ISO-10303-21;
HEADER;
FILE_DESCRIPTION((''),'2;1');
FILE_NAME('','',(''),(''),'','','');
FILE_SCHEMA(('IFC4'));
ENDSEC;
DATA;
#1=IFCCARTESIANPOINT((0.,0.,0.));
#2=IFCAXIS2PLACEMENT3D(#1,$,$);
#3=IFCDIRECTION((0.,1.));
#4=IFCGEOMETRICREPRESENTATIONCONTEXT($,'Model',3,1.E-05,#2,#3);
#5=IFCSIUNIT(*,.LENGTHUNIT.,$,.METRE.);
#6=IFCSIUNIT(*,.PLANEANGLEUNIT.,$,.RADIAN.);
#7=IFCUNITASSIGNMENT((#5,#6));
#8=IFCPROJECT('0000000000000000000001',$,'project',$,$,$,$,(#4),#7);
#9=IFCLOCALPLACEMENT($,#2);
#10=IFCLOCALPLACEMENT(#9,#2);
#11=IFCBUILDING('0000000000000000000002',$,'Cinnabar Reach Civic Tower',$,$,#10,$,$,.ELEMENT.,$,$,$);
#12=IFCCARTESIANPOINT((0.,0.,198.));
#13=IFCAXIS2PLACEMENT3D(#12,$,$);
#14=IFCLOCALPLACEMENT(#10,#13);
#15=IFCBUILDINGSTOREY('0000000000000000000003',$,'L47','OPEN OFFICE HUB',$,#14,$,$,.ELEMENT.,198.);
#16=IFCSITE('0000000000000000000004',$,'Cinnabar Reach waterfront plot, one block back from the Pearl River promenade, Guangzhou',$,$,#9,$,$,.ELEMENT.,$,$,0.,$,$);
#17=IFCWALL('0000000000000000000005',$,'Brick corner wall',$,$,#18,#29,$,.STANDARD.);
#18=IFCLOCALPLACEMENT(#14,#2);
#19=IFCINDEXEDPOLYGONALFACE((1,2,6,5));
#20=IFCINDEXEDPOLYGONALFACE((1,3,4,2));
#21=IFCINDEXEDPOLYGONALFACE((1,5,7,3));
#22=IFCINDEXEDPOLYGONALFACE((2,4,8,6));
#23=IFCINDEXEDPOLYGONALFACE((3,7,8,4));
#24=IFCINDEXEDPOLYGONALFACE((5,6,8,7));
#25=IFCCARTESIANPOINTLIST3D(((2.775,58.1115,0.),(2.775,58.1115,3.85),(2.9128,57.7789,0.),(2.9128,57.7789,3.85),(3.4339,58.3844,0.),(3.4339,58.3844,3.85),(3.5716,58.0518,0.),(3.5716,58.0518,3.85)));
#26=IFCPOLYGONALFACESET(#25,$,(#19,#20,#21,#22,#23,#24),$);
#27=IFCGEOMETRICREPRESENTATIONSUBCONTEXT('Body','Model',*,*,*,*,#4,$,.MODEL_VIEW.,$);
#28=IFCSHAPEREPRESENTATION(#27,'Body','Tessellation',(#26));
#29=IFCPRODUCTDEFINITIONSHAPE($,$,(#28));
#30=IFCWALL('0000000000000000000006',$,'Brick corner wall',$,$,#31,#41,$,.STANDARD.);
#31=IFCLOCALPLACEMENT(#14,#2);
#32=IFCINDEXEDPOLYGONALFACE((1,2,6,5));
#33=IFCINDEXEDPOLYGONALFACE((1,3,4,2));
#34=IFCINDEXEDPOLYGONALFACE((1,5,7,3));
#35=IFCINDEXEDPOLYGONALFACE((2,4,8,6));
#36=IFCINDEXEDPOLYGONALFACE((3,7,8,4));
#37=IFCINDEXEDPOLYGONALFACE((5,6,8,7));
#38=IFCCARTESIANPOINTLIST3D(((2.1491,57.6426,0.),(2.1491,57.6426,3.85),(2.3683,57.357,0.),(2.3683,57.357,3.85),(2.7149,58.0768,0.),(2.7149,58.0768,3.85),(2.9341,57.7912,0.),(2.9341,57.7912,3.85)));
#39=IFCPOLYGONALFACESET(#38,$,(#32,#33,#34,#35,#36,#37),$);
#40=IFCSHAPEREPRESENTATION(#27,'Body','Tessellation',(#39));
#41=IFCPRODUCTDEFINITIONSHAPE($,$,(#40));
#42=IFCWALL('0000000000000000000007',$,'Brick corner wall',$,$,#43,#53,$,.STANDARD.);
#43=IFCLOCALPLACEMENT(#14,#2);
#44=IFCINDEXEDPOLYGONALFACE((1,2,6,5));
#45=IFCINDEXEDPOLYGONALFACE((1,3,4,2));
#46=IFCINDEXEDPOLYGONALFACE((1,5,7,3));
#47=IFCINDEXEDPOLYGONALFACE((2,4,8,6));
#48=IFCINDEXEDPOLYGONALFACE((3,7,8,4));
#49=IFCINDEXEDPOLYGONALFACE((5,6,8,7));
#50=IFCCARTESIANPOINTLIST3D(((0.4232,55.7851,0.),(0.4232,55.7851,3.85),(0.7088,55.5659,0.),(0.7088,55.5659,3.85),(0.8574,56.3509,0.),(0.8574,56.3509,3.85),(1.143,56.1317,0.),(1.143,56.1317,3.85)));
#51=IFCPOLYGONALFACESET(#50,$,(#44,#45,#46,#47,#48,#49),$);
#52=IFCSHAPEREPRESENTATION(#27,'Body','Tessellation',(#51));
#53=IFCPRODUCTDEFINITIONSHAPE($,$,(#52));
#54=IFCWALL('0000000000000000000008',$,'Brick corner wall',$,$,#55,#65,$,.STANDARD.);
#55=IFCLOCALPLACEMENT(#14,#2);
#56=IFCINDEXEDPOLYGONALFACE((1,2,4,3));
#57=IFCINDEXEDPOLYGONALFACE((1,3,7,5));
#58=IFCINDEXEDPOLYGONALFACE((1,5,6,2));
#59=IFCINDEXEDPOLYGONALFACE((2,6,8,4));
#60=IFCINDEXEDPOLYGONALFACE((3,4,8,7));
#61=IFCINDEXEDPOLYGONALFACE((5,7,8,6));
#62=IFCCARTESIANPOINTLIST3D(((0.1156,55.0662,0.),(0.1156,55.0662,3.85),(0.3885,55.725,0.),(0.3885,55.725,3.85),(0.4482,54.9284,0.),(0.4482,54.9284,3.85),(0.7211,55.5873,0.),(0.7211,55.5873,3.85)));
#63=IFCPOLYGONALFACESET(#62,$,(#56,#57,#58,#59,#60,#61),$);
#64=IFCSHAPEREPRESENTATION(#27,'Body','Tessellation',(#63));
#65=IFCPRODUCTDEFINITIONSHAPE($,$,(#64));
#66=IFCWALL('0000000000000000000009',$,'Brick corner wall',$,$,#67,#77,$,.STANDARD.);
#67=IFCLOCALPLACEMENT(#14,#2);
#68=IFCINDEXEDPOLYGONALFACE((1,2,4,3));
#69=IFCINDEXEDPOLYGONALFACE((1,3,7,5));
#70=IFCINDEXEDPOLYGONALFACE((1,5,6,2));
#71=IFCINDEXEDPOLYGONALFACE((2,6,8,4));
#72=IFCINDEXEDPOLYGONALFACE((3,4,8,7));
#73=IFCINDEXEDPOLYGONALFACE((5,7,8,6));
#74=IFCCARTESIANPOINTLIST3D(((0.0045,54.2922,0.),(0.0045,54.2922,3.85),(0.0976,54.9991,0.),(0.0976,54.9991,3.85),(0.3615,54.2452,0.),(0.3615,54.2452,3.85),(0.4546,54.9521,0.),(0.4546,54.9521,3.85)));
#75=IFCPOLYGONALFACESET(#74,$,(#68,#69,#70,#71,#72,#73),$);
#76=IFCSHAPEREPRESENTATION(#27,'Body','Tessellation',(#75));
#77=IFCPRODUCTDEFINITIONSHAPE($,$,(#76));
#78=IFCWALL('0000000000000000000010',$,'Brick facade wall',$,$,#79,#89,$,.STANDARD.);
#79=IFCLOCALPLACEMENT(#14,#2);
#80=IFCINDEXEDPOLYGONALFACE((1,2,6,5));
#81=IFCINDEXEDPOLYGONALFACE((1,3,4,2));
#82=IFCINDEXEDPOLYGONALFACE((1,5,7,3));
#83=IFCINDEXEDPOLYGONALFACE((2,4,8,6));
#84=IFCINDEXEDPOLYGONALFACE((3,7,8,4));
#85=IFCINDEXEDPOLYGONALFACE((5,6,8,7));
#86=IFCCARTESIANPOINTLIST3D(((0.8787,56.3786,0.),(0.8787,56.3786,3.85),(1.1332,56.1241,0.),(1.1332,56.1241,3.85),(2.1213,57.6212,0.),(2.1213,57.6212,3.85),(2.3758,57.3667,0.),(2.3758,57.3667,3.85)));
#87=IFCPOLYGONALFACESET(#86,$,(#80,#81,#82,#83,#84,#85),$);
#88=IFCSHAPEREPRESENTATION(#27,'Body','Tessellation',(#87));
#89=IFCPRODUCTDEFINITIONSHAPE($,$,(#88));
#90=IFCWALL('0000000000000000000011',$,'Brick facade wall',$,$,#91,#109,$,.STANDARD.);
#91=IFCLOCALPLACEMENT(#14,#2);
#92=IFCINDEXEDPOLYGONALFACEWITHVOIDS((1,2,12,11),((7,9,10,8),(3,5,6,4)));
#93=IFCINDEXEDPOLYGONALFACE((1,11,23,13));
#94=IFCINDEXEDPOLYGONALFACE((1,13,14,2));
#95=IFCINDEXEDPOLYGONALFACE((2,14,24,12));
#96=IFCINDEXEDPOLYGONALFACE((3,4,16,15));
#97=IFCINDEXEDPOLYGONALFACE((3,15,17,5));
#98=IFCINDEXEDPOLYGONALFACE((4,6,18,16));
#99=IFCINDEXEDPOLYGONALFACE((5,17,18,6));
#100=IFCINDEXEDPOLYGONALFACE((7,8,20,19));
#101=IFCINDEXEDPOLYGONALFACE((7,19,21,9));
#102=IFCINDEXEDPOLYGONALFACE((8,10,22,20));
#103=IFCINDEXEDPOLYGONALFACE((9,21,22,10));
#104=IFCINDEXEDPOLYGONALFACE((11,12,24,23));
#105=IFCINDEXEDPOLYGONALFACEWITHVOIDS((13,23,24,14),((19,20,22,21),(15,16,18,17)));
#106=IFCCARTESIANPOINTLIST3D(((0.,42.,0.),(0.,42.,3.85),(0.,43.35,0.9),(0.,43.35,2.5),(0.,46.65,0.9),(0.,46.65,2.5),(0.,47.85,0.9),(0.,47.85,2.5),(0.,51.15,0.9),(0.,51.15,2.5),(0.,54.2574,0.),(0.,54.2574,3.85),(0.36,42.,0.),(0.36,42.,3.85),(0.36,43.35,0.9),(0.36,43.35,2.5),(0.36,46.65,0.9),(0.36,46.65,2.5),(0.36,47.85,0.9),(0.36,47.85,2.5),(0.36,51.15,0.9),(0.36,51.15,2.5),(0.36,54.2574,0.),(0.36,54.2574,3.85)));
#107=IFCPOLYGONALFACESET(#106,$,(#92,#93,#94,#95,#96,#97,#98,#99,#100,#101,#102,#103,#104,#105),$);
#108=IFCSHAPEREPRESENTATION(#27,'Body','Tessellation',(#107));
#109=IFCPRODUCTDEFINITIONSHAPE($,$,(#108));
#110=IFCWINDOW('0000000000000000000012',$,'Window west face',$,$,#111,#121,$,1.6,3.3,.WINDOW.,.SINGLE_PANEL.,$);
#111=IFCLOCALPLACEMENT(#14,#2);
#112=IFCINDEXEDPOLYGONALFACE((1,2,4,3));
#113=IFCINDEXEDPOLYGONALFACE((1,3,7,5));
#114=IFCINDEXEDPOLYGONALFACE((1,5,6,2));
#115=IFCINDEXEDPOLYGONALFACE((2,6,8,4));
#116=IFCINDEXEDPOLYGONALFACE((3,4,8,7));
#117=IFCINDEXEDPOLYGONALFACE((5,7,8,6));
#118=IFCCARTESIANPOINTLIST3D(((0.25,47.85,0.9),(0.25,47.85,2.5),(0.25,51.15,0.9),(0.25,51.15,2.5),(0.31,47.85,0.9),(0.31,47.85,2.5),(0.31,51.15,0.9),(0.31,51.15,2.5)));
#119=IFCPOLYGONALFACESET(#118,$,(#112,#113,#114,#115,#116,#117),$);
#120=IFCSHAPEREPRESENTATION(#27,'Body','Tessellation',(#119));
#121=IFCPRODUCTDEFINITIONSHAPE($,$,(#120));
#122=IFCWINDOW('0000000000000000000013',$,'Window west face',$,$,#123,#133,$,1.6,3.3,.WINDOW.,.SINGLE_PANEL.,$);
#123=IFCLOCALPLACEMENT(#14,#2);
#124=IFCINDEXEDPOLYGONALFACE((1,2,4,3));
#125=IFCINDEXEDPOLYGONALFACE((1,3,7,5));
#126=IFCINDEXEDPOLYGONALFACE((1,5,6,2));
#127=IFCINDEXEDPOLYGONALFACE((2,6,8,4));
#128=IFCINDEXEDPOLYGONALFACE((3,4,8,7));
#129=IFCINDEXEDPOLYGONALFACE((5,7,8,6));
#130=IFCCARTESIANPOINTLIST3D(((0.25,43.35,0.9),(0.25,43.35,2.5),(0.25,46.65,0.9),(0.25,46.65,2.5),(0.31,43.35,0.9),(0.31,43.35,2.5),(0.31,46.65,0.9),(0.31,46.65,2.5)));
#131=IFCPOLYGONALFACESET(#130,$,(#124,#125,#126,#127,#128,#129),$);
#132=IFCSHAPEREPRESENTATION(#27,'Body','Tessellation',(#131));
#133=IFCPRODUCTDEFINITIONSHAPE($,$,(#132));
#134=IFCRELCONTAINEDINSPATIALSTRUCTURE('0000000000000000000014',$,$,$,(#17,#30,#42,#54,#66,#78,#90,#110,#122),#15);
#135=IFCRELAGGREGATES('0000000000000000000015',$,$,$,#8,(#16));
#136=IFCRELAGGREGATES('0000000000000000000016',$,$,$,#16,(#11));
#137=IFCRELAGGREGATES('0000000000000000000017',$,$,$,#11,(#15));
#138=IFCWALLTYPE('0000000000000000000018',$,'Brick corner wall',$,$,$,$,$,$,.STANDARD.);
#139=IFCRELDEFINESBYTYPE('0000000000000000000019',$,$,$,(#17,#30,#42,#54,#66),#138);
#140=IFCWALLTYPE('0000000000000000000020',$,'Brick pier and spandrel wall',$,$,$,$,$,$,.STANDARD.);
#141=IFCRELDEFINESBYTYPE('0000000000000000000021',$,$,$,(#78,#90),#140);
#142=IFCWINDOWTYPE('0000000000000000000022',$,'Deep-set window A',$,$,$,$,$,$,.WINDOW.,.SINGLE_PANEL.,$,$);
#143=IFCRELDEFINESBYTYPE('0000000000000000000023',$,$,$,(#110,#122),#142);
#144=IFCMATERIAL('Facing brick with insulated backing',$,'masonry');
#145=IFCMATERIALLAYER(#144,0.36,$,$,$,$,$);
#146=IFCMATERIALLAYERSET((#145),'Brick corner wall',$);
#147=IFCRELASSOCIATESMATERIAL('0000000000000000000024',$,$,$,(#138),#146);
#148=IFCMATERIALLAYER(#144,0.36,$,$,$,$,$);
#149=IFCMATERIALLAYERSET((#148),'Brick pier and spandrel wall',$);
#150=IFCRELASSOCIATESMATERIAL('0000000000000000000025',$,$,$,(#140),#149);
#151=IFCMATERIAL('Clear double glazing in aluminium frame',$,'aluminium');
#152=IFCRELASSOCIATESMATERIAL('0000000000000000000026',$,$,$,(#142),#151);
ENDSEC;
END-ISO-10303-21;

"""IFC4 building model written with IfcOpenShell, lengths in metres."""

from ifc_helpers import new_model, si_unit, direction, frame, frame_2d, origin, place, context, subcontext, project, spatial, rectangle, extrude, material, layer, layer_set, type_object, element, fill, save


model = new_model("IFC4")

# Units and contexts
model_context = context("Model", 3, precision=1e-05, world=origin(), true_north=direction((0.0, 1.0)))
body_context = subcontext(model_context, "Body", "Model", "MODEL_VIEW")
ifc_project = project(units=[si_unit("LENGTHUNIT", "METRE"), si_unit("PLANEANGLEUNIT", "RADIAN")], contexts=[model_context])

# Site, building, storey
site_placement = place(None, origin())
site = spatial("IfcSite", under=ifc_project, at=site_placement, Name="Cinnabar Reach waterfront plot, one block back from the Pearl River promenade, Guangzhou", CompositionType="ELEMENT", RefElevation=0.0)
building_placement = place(site_placement, origin())
building = spatial("IfcBuilding", under=site, at=building_placement, Name="Cinnabar Reach Civic Tower", CompositionType="ELEMENT")
storey_placement = place(building_placement, frame((0.0, 0.0, 198.0)))
storey = spatial("IfcBuildingStorey", under=building, at=storey_placement, Name="L47", Description="OPEN OFFICE HUB", CompositionType="ELEMENT", Elevation=198.0)

# Walls
ifc_material_1 = material(Name="Facing brick with insulated backing", Category="masonry")
ifc_layer_1 = layer(ifc_material_1, 0.36)
ifc_layer_set_1 = layer_set([ifc_layer_1], Name="Brick corner wall")
wall_type_1 = type_object("IfcWallType", Name="Brick corner wall", PredefinedType="STANDARD", material=ifc_layer_set_1)
wall_1_placement = place(storey_placement, frame((3.5027, 58.2181, 0.0), z_axis=(0.0, 0.0, 1.0), x_axis=(-0.923872, -0.382703, 0.0)))
element("IfcWall", 1, at=wall_1_placement, inside=storey, type_object=wall_type_1, Name="Brick corner wall", PredefinedType="STANDARD", context=body_context, shape_type="SweptSolid", body=[
    extrude(rectangle(XDim=0.7131, YDim=0.36, at=frame_2d((0.3565, 0.0))), origin(), (0.0, 0.0, 1.0), 3.85),
])
for number, where, z_axis, x_axis, name in (
    (2, (2.8245, 57.934, 0.0), (0.0, 0.0, 1.0), (-0.793322, -0.608802, 0.0), "Brick corner wall"),
    (3, (1.0002, 56.2413, 0.0), (0.0, 0.0, 1.0), (-0.608802, -0.793322, 0.0), "Brick corner wall"),
):
    element("IfcWall", number, at=place(storey_placement, frame(where, z_axis=z_axis, x_axis=x_axis)), inside=storey, type_object=wall_type_1, Name=name, PredefinedType="STANDARD", context=body_context, shape_type="SweptSolid", body=[
        extrude(rectangle(XDim=0.7132, YDim=0.36, at=frame_2d((0.3566, 0.0))), origin(), (0.0, 0.0, 1.0), 3.85),
    ])
for number, where, z_axis, x_axis, name in (
    (4, (0.5548, 55.6561, 0.0), (0.0, 0.0, 1.0), (-0.382703, -0.923872, 0.0), "Brick corner wall"),
    (5, (0.2761, 54.9756, 0.0), (0.0, 0.0, 1.0), (-0.130556, -0.991441, 0.0), "Brick corner wall"),
):
    element("IfcWall", number, at=place(storey_placement, frame(where, z_axis=z_axis, x_axis=x_axis)), inside=storey, type_object=wall_type_1, Name=name, PredefinedType="STANDARD", context=body_context, shape_type="SweptSolid", body=[
        extrude(rectangle(XDim=0.7131, YDim=0.36, at=frame_2d((0.3565, 0.0))), origin(), (0.0, 0.0, 1.0), 3.85),
    ])
ifc_layer_2 = layer(ifc_material_1, 0.36)
ifc_layer_set_2 = layer_set([ifc_layer_2], Name="Brick pier and spandrel wall")
wall_type_2 = type_object("IfcWallType", Name="Brick pier and spandrel wall", PredefinedType="STANDARD", material=ifc_layer_set_2)
wall_2_placement = place(storey_placement, frame((2.2486, 57.494, 0.0), z_axis=(0.0, 0.0, 1.0), x_axis=(-0.707107, -0.707107, 0.0)))
element("IfcWall", 6, at=wall_2_placement, inside=storey, type_object=wall_type_2, Name="Brick facade wall", PredefinedType="STANDARD", context=body_context, shape_type="SweptSolid", body=[
    extrude(rectangle(XDim=1.7573, YDim=0.36, at=frame_2d((0.8787, 0.0))), origin(), (0.0, 0.0, 1.0), 3.85),
])

# Wall, openings, windows
wall_3_placement = place(storey_placement, frame((0.18, 54.2574, 0.0), z_axis=(0.0, 0.0, 1.0), x_axis=(0.0, -1.0, 0.0)))
wall_3 = element("IfcWall", 7, at=wall_3_placement, inside=storey, type_object=wall_type_2, Name="Brick facade wall", PredefinedType="STANDARD", context=body_context, shape_type="SweptSolid", body=[
    extrude(rectangle(XDim=12.2574, YDim=0.36, at=frame_2d((6.1287, 0.0))), origin(), (0.0, 0.0, 1.0), 3.85),
])
opening_1_placement = place(wall_3_placement, frame((3.1074, 0.0, 0.9)))
opening_1 = element("IfcOpeningElement", 8, at=opening_1_placement, cuts=wall_3, PredefinedType="OPENING", context=body_context, shape_type="SweptSolid", body=[
    extrude(rectangle(XDim=3.3, YDim=1.6, at=frame_2d((1.65, 0.8))), frame((0.0, 0.19, 0.0), z_axis=(0.0, -1.0, 0.0), x_axis=(1.0, 0.0, 0.0)), (0.0, 0.0, 1.0), 0.38),
])
opening_2_placement = place(wall_3_placement, frame((7.6074, 0.0, 0.9)))
opening_2 = element("IfcOpeningElement", 9, at=opening_2_placement, cuts=wall_3, PredefinedType="OPENING", context=body_context, shape_type="SweptSolid", body=[
    extrude(rectangle(XDim=3.3, YDim=1.6, at=frame_2d((1.65, 0.8))), frame((0.0, 0.19, 0.0), z_axis=(0.0, -1.0, 0.0), x_axis=(1.0, 0.0, 0.0)), (0.0, 0.0, 1.0), 0.38),
])
ifc_material_2 = material(Name="Clear double glazing in aluminium frame", Category="aluminium")
window_type = type_object("IfcWindowType", Name="Deep-set window A", PartitioningType="SINGLE_PANEL", PredefinedType="WINDOW", material=ifc_material_2)
window_1_placement = place(opening_1_placement, origin())
window_1 = element("IfcWindow", 10, at=window_1_placement, inside=storey, type_object=window_type, Name="Window west face", OverallHeight=1.6, OverallWidth=3.3, PartitioningType="SINGLE_PANEL", PredefinedType="WINDOW", context=body_context, shape_type="SweptSolid", body=[
    extrude(rectangle(XDim=3.3, YDim=1.6, at=frame_2d((1.65, 0.8))), frame((0.0, 0.13, 0.0), z_axis=(0.0, -1.0, 0.0), x_axis=(1.0, 0.0, 0.0)), (0.0, 0.0, 1.0), 0.06),
])
fill(opening_1, window_1)
window_2_placement = place(opening_2_placement, origin())
window_2 = element("IfcWindow", 11, at=window_2_placement, inside=storey, type_object=window_type, Name="Window west face", OverallHeight=1.6, OverallWidth=3.3, PartitioningType="SINGLE_PANEL", PredefinedType="WINDOW", context=body_context, shape_type="SweptSolid", body=[
    extrude(rectangle(XDim=3.3, YDim=1.6, at=frame_2d((1.65, 0.8))), frame((0.0, 0.13, 0.0), z_axis=(0.0, -1.0, 0.0), x_axis=(1.0, 0.0, 0.0)), (0.0, 0.0, 1.0), 0.06),
])
fill(opening_2, window_2)

save(model, "model.ifc")
